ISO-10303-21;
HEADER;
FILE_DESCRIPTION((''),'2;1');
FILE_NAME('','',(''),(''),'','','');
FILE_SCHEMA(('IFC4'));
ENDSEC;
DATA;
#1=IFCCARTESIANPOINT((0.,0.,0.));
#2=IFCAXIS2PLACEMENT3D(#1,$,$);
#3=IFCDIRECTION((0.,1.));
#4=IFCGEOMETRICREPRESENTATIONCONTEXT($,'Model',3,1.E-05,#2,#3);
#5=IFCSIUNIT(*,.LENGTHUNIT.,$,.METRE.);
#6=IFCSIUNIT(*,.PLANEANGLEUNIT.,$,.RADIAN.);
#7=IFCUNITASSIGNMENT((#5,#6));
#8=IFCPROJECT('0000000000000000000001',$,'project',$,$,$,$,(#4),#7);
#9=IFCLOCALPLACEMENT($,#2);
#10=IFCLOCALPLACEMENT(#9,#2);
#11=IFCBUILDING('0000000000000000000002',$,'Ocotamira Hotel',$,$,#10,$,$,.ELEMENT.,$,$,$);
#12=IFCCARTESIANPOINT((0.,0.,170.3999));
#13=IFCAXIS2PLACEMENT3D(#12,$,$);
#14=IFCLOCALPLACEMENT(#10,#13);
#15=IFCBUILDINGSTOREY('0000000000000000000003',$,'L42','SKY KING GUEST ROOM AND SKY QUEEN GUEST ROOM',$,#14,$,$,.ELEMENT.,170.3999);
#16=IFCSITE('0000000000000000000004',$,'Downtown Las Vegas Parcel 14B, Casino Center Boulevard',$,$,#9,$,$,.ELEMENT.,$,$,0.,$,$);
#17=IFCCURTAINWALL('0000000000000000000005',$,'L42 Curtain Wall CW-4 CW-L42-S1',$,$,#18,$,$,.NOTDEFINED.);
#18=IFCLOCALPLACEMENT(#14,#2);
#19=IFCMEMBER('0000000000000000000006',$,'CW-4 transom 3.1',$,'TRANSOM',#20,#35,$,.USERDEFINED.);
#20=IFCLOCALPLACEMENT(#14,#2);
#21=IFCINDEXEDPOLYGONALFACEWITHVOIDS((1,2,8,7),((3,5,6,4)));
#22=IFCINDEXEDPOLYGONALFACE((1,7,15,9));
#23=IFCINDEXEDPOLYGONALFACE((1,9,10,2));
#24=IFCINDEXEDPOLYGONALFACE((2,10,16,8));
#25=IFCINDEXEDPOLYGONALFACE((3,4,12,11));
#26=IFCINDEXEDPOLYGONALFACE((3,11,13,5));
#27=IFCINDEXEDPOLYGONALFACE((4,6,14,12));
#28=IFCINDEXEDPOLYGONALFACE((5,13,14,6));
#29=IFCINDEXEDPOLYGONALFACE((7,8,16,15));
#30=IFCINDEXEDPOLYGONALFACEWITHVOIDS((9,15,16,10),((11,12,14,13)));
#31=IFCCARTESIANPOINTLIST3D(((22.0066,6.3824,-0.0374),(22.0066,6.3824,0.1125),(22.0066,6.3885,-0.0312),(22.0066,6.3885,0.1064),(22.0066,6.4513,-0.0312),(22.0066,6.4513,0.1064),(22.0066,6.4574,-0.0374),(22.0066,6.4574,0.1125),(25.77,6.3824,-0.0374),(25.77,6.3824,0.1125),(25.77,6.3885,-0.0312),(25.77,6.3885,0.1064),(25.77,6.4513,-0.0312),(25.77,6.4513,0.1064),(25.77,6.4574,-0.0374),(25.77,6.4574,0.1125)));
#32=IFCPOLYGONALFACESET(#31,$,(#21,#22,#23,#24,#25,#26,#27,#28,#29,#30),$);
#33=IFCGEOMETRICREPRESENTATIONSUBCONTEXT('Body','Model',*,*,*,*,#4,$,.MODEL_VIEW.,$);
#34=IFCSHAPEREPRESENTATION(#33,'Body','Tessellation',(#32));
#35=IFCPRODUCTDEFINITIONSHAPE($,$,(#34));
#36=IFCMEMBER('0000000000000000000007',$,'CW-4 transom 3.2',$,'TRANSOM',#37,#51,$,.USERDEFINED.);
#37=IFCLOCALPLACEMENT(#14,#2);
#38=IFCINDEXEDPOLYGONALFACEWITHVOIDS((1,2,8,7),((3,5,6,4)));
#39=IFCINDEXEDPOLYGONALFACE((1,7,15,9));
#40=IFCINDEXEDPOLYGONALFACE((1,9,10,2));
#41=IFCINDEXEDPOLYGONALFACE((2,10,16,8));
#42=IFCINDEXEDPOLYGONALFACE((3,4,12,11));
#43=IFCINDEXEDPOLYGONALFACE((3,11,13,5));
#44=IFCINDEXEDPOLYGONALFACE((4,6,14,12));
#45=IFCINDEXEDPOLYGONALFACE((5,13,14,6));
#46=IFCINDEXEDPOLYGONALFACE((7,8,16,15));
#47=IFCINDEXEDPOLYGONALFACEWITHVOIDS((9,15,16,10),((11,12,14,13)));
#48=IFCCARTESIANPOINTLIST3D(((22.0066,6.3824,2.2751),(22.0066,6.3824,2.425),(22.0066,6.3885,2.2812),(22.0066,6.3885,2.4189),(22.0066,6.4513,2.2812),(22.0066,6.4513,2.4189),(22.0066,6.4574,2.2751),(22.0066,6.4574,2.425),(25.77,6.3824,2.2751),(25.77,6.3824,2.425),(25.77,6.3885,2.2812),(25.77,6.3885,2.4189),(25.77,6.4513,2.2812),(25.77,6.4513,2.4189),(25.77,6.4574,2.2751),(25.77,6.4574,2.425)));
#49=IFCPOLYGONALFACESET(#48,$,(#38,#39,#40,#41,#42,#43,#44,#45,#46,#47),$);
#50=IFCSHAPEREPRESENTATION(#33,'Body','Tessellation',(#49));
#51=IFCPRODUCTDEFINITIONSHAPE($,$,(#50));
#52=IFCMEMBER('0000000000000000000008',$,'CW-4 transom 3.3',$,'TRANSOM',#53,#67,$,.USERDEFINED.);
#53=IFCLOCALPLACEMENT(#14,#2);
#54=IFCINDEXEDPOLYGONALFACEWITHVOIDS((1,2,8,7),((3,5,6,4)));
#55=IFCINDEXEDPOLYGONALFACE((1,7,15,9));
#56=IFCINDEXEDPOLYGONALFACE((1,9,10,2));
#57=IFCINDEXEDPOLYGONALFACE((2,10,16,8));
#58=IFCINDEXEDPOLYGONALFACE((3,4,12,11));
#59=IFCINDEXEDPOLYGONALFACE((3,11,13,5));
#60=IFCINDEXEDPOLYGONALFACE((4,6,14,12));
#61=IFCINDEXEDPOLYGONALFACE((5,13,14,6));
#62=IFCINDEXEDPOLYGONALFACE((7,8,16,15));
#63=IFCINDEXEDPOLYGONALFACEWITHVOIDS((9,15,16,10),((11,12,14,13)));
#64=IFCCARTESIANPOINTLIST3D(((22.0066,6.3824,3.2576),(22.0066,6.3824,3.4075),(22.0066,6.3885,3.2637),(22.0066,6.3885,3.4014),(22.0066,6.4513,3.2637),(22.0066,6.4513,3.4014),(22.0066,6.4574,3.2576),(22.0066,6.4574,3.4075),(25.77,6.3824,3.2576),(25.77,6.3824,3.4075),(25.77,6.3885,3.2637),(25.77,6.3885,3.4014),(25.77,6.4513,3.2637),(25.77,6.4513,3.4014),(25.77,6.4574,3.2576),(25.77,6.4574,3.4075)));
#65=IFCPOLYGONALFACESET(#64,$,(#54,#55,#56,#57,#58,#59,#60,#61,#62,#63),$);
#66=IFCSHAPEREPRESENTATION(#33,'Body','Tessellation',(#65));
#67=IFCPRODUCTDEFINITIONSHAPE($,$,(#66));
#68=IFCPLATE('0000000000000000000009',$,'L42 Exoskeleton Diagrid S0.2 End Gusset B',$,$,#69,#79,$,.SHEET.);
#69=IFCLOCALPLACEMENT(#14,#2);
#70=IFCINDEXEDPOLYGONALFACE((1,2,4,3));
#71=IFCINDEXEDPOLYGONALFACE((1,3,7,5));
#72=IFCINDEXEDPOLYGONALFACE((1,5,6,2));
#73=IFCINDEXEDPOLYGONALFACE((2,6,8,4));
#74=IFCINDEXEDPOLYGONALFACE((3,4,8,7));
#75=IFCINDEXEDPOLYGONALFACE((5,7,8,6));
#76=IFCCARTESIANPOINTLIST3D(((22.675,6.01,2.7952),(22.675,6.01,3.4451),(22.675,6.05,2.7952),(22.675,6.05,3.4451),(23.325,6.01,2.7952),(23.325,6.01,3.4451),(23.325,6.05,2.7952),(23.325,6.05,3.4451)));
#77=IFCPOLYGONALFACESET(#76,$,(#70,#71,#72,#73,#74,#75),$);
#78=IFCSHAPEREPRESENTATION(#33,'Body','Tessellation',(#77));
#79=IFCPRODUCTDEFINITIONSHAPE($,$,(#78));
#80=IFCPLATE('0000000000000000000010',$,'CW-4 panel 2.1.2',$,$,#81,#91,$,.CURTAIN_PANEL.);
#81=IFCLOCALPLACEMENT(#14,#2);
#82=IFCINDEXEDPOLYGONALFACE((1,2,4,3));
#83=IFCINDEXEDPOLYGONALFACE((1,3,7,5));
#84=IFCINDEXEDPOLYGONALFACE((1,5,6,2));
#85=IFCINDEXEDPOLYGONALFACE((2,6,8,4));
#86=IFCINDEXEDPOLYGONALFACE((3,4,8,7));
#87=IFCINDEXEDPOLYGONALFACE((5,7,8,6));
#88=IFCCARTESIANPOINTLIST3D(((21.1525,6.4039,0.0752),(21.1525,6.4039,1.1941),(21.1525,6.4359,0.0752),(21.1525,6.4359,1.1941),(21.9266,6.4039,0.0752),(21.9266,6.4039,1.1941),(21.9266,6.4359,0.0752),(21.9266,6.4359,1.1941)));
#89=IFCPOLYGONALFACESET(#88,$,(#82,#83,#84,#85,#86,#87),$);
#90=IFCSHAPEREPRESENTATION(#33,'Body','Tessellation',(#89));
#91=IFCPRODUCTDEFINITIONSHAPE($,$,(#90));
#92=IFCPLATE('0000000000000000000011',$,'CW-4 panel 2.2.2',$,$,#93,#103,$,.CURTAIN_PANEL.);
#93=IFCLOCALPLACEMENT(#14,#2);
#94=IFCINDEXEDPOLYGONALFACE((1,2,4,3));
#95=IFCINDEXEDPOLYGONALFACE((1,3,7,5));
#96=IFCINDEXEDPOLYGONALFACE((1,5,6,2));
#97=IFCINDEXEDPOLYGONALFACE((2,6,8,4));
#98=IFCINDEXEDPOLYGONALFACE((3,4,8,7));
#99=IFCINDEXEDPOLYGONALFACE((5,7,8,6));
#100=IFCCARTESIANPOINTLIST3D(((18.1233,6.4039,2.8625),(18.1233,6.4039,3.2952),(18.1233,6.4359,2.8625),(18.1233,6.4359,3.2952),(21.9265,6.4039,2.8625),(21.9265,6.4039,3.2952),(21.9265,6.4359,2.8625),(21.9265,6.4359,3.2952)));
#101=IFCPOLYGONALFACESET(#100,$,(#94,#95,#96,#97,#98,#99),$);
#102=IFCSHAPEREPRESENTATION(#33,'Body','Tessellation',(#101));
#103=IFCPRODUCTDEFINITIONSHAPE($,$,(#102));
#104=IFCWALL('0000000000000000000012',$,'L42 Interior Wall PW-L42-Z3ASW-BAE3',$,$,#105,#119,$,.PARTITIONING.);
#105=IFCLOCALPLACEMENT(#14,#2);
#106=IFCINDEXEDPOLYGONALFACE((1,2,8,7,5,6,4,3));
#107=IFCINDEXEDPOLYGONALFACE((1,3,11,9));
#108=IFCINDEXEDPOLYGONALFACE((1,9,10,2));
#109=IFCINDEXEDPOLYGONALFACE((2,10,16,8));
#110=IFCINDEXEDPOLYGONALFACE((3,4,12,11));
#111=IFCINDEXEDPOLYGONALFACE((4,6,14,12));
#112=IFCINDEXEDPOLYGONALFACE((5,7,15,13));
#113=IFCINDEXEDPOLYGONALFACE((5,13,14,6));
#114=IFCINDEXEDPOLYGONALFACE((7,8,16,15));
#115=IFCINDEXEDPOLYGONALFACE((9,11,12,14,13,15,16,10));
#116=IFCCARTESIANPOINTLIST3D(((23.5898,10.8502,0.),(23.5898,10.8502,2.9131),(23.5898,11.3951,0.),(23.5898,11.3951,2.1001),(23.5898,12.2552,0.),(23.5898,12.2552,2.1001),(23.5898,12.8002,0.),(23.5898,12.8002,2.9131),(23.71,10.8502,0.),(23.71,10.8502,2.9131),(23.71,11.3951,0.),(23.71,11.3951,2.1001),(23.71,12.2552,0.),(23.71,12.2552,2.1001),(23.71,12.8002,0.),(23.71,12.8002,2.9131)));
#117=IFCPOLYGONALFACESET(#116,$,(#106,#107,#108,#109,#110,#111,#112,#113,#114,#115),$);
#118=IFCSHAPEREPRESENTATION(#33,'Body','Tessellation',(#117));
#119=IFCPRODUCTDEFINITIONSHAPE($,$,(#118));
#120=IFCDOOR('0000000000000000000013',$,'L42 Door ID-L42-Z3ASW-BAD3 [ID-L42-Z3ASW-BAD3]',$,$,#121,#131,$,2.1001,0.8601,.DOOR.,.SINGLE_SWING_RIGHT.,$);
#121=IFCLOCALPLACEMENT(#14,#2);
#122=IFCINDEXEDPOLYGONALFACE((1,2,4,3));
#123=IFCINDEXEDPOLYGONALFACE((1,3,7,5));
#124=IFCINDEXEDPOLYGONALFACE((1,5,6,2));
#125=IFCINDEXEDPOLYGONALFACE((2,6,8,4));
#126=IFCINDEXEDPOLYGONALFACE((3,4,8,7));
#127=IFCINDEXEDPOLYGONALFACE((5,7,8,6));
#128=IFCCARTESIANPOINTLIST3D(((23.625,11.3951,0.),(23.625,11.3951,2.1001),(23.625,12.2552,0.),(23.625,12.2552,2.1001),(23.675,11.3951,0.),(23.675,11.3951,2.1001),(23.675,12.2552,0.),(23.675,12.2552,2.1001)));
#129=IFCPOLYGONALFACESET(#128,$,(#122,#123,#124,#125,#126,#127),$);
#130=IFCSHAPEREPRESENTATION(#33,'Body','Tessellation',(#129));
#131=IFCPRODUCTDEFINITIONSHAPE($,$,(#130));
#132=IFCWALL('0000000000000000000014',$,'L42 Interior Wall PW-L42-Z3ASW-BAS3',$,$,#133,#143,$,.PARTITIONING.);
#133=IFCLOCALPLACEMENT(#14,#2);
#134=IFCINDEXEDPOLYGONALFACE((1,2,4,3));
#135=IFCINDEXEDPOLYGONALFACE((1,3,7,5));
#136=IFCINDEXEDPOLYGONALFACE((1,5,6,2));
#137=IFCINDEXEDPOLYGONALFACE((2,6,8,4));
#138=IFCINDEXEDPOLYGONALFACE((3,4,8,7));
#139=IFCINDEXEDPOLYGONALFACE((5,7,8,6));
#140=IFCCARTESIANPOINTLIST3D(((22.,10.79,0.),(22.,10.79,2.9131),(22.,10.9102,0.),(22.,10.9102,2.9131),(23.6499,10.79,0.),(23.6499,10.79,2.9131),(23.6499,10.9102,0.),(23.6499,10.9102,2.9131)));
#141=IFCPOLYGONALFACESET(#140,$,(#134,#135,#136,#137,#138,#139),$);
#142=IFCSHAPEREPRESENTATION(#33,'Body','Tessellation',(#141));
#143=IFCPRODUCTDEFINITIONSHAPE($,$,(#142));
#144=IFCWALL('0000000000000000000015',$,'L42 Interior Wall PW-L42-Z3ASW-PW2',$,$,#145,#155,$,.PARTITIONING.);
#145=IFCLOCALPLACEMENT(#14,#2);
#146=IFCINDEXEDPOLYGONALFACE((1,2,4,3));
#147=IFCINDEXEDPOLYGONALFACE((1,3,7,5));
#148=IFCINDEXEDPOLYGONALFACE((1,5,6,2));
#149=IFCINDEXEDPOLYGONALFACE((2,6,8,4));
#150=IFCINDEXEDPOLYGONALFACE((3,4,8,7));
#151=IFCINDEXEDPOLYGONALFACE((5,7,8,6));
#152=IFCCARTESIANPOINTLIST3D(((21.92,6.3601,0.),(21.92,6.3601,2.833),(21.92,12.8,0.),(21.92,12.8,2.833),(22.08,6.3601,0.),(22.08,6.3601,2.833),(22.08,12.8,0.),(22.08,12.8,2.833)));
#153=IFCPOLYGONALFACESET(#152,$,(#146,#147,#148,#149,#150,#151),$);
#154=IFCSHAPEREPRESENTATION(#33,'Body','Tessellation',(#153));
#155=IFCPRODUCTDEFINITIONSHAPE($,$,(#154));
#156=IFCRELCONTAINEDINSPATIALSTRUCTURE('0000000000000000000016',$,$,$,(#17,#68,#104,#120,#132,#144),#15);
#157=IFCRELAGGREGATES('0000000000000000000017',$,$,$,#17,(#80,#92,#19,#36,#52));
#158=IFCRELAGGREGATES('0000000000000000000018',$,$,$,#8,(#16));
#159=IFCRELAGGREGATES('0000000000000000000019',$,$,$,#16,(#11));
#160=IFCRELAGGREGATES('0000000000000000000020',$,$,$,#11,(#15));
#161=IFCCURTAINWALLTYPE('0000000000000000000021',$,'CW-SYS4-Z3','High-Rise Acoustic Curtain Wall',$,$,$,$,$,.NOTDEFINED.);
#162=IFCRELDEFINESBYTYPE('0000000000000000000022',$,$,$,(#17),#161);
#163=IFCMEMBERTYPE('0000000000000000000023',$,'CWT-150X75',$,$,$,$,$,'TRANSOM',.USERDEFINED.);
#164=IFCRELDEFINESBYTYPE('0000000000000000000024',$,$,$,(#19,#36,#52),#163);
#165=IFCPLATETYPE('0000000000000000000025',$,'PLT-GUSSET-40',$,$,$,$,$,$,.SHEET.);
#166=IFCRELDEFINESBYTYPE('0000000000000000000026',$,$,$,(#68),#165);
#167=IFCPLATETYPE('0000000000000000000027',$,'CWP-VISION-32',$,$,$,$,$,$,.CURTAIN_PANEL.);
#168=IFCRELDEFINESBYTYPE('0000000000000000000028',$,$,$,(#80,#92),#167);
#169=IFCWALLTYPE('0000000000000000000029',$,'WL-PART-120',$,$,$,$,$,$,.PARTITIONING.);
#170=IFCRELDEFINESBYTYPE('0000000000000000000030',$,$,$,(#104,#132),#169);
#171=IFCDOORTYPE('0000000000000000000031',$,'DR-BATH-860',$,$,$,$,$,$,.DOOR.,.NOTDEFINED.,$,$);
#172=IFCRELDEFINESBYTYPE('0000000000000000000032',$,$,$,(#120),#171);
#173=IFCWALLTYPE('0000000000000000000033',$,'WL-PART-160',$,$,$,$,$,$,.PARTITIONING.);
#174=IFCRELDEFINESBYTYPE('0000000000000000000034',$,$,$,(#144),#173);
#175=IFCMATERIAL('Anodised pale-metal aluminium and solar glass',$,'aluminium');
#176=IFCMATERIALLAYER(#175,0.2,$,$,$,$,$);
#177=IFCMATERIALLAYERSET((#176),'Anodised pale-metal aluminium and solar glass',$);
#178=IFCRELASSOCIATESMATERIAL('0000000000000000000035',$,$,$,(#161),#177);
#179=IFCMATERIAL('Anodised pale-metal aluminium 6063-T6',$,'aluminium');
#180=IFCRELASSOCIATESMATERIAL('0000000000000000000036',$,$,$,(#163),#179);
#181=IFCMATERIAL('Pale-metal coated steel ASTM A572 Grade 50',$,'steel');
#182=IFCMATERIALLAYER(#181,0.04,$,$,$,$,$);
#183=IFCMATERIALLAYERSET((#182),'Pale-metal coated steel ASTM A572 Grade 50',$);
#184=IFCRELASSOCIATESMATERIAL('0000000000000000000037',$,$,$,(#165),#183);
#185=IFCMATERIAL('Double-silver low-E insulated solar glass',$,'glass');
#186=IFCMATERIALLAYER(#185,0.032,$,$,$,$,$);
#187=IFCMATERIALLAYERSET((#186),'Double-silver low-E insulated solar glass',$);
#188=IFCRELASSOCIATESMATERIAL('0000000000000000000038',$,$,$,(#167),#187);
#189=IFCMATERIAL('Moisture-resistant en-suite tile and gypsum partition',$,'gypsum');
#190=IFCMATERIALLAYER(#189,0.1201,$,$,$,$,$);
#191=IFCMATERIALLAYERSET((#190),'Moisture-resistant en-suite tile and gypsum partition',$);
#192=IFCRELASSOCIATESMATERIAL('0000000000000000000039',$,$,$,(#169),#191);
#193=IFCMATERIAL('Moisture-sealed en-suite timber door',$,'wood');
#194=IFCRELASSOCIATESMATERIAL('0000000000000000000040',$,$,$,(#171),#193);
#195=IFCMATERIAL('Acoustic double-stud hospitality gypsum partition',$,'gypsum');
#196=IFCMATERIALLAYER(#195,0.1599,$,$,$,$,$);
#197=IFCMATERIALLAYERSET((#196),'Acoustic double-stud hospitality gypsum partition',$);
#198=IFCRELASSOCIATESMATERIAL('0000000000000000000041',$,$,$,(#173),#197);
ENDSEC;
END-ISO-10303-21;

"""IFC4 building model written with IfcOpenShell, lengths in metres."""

from ifc_helpers import new_model, si_unit, direction, frame, frame_2d, origin, origin_2d, place, context, subcontext, project, spatial, rectangle, hollow_rectangle, extrude, source, transform, mapped, material, layer, layer_set, material_profile, profile_set, type_object, element, fill, aggregate, save


model = new_model("IFC4")

# Units and contexts
model_context = context("Model", 3, precision=1e-05, world=origin(), true_north=direction((0.0, 1.0)))
body_context = subcontext(model_context, "Body", "Model", "MODEL_VIEW")
ifc_project = project(units=[si_unit("LENGTHUNIT", "METRE"), si_unit("PLANEANGLEUNIT", "RADIAN")], contexts=[model_context])

# Site, building, storey
site_placement = place(None, origin())
site = spatial("IfcSite", under=ifc_project, at=site_placement, Name="Downtown Las Vegas Parcel 14B, Casino Center Boulevard", CompositionType="ELEMENT", RefElevation=0.0)
building_placement = place(site_placement, origin())
building = spatial("IfcBuilding", under=site, at=building_placement, Name="Ocotamira Hotel", CompositionType="ELEMENT")
storey_placement = place(building_placement, frame((0.0, 0.0, 170.3999)))
storey = spatial("IfcBuildingStorey", under=building, at=storey_placement, Name="L42", Description="SKY KING GUEST ROOM AND SKY QUEEN GUEST ROOM", CompositionType="ELEMENT", Elevation=170.3999)

# Curtain wall, members
ifc_material_1 = material(Name="Anodised pale-metal aluminium and solar glass", Category="aluminium")
ifc_layer_1 = layer(ifc_material_1, 0.2)
ifc_layer_set_1 = layer_set([ifc_layer_1], Name="Anodised pale-metal aluminium and solar glass")
curtain_wall_type = type_object("IfcCurtainWallType", Name="CW-SYS4-Z3", Description="High-Rise Acoustic Curtain Wall", PredefinedType="NOTDEFINED", material=ifc_layer_set_1)
curtain_wall_placement = place(storey_placement, origin())
curtain_wall = element("IfcCurtainWall", 1, at=curtain_wall_placement, inside=storey, type_object=curtain_wall_type, Name="L42 Curtain Wall CW-4 CW-L42-S1", PredefinedType="NOTDEFINED")
ifc_material_2 = material(Name="Anodised pale-metal aluminium 6063-T6", Category="aluminium")
ifc_material_profile_1 = material_profile(ifc_material_2, hollow_rectangle(XDim=0.075, YDim=0.1499, WallThickness=0.0061, at=origin_2d()), Name="HSS150X75X6")
ifc_profile_set_1 = profile_set([ifc_material_profile_1], Name="Anodised pale-metal aluminium 6063-T6")
member_type_1 = type_object("IfcMemberType", Name="CWT-150X75", ElementType="TRANSOM", PredefinedType="USERDEFINED", material=ifc_profile_set_1)
shared_shape_1 = source(origin(), body_context, "Body", "SweptSolid", [
    extrude(hollow_rectangle(XDim=0.075, YDim=0.1499, WallThickness=0.0061, at=origin_2d()), origin(), (0.0, 0.0, 1.0), 3.7634),
])
member_1_placement = place(storey_placement, frame((22.0066, 6.4199, 0.0376), z_axis=(1.0, 0.0, 0.0), x_axis=(0.0, 1.0, 0.0)))
member_1 = element("IfcMember", 2, at=member_1_placement, type_object=member_type_1, Name="CW-4 transom 3.1", ObjectType="TRANSOM", PredefinedType="USERDEFINED", context=body_context, shape_type="MappedRepresentation", body=[
    mapped(shared_shape_1, transform((0.0, 0.0, 0.0), scale=1.0)),
])
member_2_placement = place(storey_placement, frame((22.0066, 6.4199, 2.3501), z_axis=(1.0, 0.0, 0.0), x_axis=(0.0, 1.0, 0.0)))
member_2 = element("IfcMember", 3, at=member_2_placement, type_object=member_type_1, Name="CW-4 transom 3.2", ObjectType="TRANSOM", PredefinedType="USERDEFINED", context=body_context, shape_type="MappedRepresentation", body=[
    mapped(shared_shape_1, transform((0.0, 0.0, 0.0), scale=1.0)),
])
member_3_placement = place(storey_placement, frame((22.0066, 6.4199, 3.3325), z_axis=(1.0, 0.0, 0.0), x_axis=(0.0, 1.0, 0.0)))
member_3 = element("IfcMember", 4, at=member_3_placement, type_object=member_type_1, Name="CW-4 transom 3.3", ObjectType="TRANSOM", PredefinedType="USERDEFINED", context=body_context, shape_type="MappedRepresentation", body=[
    mapped(shared_shape_1, transform((0.0, 0.0, 0.0), scale=1.0)),
])

# Plates
ifc_material_3 = material(Name="Pale-metal coated steel ASTM A572 Grade 50", Category="steel")
ifc_layer_2 = layer(ifc_material_3, 0.04)
ifc_layer_set_2 = layer_set([ifc_layer_2], Name="Pale-metal coated steel ASTM A572 Grade 50")
plate_type_1 = type_object("IfcPlateType", Name="PLT-GUSSET-40", PredefinedType="SHEET", material=ifc_layer_set_2)
shared_shape_2 = source(origin(), body_context, "Body", "SweptSolid", [
    extrude(rectangle(XDim=0.6499, YDim=0.04, at=origin_2d()), origin(), (0.0, 0.0, 1.0), 0.6499),
])
plate_1_placement = place(storey_placement, frame((23.0, 6.03, 2.7952), z_axis=(0.0, 0.0, 1.0), x_axis=(1.0, 0.0, 0.0)))
element("IfcPlate", 5, at=plate_1_placement, inside=storey, type_object=plate_type_1, Name="L42 Exoskeleton Diagrid S0.2 End Gusset B", PredefinedType="SHEET", context=body_context, shape_type="MappedRepresentation", body=[
    mapped(shared_shape_2, transform((0.0, 0.0, 0.0), scale=1.0)),
])
ifc_material_4 = material(Name="Double-silver low-E insulated solar glass", Category="glass")
ifc_layer_3 = layer(ifc_material_4, 0.032)
ifc_layer_set_3 = layer_set([ifc_layer_3], Name="Double-silver low-E insulated solar glass")
plate_type_2 = type_object("IfcPlateType", Name="CWP-VISION-32", PredefinedType="CURTAIN_PANEL", material=ifc_layer_set_3)
shared_shape_3 = source(origin(), body_context, "Body", "SweptSolid", [
    extrude(rectangle(XDim=0.7742, YDim=0.032, at=origin_2d()), origin(), (0.0, 0.0, 1.0), 1.1189),
])
plate_2_placement = place(storey_placement, frame((21.5396, 6.4199, 0.0752), z_axis=(0.0, 0.0, 1.0), x_axis=(1.0, 0.0, 0.0)))
plate_2 = element("IfcPlate", 6, at=plate_2_placement, type_object=plate_type_2, Name="CW-4 panel 2.1.2", PredefinedType="CURTAIN_PANEL", context=body_context, shape_type="MappedRepresentation", body=[
    mapped(shared_shape_3, transform((0.0, 0.0, 0.0), scale=1.0)),
])
shared_shape_4 = source(origin(), body_context, "Body", "SweptSolid", [
    extrude(rectangle(XDim=3.8032, YDim=0.032, at=origin_2d()), origin(), (0.0, 0.0, 1.0), 0.4326),
])
plate_3_placement = place(storey_placement, frame((20.0249, 6.4199, 2.8625), z_axis=(0.0, 0.0, 1.0), x_axis=(1.0, 0.0, 0.0)))
plate_3 = element("IfcPlate", 7, at=plate_3_placement, type_object=plate_type_2, Name="CW-4 panel 2.2.2", PredefinedType="CURTAIN_PANEL", context=body_context, shape_type="MappedRepresentation", body=[
    mapped(shared_shape_4, transform((0.0, 0.0, 0.0), scale=1.0)),
])
aggregate(curtain_wall, [plate_2, plate_3, member_1, member_2, member_3])

# Wall, opening, door
ifc_material_5 = material(Name="Moisture-resistant en-suite tile and gypsum partition", Category="gypsum")
ifc_layer_4 = layer(ifc_material_5, 0.1201)
ifc_layer_set_4 = layer_set([ifc_layer_4], Name="Moisture-resistant en-suite tile and gypsum partition")
wall_type_1 = type_object("IfcWallType", Name="WL-PART-120", PredefinedType="PARTITIONING", material=ifc_layer_set_4)
wall_1_placement = place(storey_placement, frame((23.6499, 10.8501, 0.0), z_axis=(0.0, 0.0, 1.0), x_axis=(0.0, 1.0, 0.0)))
wall_1 = element("IfcWall", 8, at=wall_1_placement, inside=storey, type_object=wall_type_1, Name="L42 Interior Wall PW-L42-Z3ASW-BAE3", PredefinedType="PARTITIONING", context=body_context, shape_type="SweptSolid", body=[
    extrude(rectangle(XDim=1.95, YDim=0.1201, at=frame_2d((0.9751, 0.0))), origin(), (0.0, 0.0, 1.0), 2.9131),
])
opening_placement = place(wall_1_placement, frame((0.5449, 0.0, 0.0)))
opening = element("IfcOpeningElement", 9, at=opening_placement, cuts=wall_1, PredefinedType="OPENING", context=body_context, shape_type="SweptSolid", body=[
    extrude(rectangle(XDim=0.8601, YDim=2.1001, at=frame_2d((0.4302, 1.05))), frame((0.0, 0.0701, 0.0), z_axis=(0.0, -1.0, 0.0), x_axis=(1.0, 0.0, 0.0)), (0.0, 0.0, 1.0), 0.1401),
])
ifc_material_6 = material(Name="Moisture-sealed en-suite timber door", Category="wood")
door_type = type_object("IfcDoorType", Name="DR-BATH-860", OperationType="NOTDEFINED", PredefinedType="DOOR", material=ifc_material_6)
shared_shape_5 = source(origin(), body_context, "Body", "SweptSolid", [
    extrude(rectangle(XDim=0.8601, YDim=2.1001, at=frame_2d((0.4302, 1.05))), frame((0.0, 0.0249, 0.0), z_axis=(0.0, -1.0, 0.0), x_axis=(1.0, 0.0, 0.0)), (0.0, 0.0, 1.0), 0.05),
])
door_placement = place(opening_placement, origin())
door = element("IfcDoor", 10, at=door_placement, inside=storey, type_object=door_type, Name="L42 Door ID-L42-Z3ASW-BAD3 [ID-L42-Z3ASW-BAD3]", OperationType="SINGLE_SWING_RIGHT", OverallHeight=2.1001, OverallWidth=0.8601, PredefinedType="DOOR", context=body_context, shape_type="MappedRepresentation", body=[
    mapped(shared_shape_5, transform((0.0, 0.0, 0.0), scale=1.0)),
])
fill(opening, door)

# Walls
wall_2_placement = place(storey_placement, frame((22.0, 10.8501, 0.0), z_axis=(0.0, 0.0, 1.0), x_axis=(1.0, 0.0, 0.0)))
element("IfcWall", 11, at=wall_2_placement, inside=storey, type_object=wall_type_1, Name="L42 Interior Wall PW-L42-Z3ASW-BAS3", PredefinedType="PARTITIONING", context=body_context, shape_type="SweptSolid", body=[
    extrude(rectangle(XDim=1.6499, YDim=0.1201, at=frame_2d((0.825, 0.0))), origin(), (0.0, 0.0, 1.0), 2.9131),
])
ifc_material_7 = material(Name="Acoustic double-stud hospitality gypsum partition", Category="gypsum")
ifc_layer_5 = layer(ifc_material_7, 0.1599)
ifc_layer_set_5 = layer_set([ifc_layer_5], Name="Acoustic double-stud hospitality gypsum partition")
wall_type_2 = type_object("IfcWallType", Name="WL-PART-160", PredefinedType="PARTITIONING", material=ifc_layer_set_5)
wall_3_placement = place(storey_placement, frame((22.0, 6.3601, 0.0), z_axis=(0.0, 0.0, 1.0), x_axis=(0.0, 1.0, 0.0)))
element("IfcWall", 12, at=wall_3_placement, inside=storey, type_object=wall_type_2, Name="L42 Interior Wall PW-L42-Z3ASW-PW2", PredefinedType="PARTITIONING", context=body_context, shape_type="SweptSolid", body=[
    extrude(rectangle(XDim=6.4399, YDim=0.1599, at=frame_2d((3.22, 0.0))), origin(), (0.0, 0.0, 1.0), 2.833),
])

save(model, "model.ifc")
